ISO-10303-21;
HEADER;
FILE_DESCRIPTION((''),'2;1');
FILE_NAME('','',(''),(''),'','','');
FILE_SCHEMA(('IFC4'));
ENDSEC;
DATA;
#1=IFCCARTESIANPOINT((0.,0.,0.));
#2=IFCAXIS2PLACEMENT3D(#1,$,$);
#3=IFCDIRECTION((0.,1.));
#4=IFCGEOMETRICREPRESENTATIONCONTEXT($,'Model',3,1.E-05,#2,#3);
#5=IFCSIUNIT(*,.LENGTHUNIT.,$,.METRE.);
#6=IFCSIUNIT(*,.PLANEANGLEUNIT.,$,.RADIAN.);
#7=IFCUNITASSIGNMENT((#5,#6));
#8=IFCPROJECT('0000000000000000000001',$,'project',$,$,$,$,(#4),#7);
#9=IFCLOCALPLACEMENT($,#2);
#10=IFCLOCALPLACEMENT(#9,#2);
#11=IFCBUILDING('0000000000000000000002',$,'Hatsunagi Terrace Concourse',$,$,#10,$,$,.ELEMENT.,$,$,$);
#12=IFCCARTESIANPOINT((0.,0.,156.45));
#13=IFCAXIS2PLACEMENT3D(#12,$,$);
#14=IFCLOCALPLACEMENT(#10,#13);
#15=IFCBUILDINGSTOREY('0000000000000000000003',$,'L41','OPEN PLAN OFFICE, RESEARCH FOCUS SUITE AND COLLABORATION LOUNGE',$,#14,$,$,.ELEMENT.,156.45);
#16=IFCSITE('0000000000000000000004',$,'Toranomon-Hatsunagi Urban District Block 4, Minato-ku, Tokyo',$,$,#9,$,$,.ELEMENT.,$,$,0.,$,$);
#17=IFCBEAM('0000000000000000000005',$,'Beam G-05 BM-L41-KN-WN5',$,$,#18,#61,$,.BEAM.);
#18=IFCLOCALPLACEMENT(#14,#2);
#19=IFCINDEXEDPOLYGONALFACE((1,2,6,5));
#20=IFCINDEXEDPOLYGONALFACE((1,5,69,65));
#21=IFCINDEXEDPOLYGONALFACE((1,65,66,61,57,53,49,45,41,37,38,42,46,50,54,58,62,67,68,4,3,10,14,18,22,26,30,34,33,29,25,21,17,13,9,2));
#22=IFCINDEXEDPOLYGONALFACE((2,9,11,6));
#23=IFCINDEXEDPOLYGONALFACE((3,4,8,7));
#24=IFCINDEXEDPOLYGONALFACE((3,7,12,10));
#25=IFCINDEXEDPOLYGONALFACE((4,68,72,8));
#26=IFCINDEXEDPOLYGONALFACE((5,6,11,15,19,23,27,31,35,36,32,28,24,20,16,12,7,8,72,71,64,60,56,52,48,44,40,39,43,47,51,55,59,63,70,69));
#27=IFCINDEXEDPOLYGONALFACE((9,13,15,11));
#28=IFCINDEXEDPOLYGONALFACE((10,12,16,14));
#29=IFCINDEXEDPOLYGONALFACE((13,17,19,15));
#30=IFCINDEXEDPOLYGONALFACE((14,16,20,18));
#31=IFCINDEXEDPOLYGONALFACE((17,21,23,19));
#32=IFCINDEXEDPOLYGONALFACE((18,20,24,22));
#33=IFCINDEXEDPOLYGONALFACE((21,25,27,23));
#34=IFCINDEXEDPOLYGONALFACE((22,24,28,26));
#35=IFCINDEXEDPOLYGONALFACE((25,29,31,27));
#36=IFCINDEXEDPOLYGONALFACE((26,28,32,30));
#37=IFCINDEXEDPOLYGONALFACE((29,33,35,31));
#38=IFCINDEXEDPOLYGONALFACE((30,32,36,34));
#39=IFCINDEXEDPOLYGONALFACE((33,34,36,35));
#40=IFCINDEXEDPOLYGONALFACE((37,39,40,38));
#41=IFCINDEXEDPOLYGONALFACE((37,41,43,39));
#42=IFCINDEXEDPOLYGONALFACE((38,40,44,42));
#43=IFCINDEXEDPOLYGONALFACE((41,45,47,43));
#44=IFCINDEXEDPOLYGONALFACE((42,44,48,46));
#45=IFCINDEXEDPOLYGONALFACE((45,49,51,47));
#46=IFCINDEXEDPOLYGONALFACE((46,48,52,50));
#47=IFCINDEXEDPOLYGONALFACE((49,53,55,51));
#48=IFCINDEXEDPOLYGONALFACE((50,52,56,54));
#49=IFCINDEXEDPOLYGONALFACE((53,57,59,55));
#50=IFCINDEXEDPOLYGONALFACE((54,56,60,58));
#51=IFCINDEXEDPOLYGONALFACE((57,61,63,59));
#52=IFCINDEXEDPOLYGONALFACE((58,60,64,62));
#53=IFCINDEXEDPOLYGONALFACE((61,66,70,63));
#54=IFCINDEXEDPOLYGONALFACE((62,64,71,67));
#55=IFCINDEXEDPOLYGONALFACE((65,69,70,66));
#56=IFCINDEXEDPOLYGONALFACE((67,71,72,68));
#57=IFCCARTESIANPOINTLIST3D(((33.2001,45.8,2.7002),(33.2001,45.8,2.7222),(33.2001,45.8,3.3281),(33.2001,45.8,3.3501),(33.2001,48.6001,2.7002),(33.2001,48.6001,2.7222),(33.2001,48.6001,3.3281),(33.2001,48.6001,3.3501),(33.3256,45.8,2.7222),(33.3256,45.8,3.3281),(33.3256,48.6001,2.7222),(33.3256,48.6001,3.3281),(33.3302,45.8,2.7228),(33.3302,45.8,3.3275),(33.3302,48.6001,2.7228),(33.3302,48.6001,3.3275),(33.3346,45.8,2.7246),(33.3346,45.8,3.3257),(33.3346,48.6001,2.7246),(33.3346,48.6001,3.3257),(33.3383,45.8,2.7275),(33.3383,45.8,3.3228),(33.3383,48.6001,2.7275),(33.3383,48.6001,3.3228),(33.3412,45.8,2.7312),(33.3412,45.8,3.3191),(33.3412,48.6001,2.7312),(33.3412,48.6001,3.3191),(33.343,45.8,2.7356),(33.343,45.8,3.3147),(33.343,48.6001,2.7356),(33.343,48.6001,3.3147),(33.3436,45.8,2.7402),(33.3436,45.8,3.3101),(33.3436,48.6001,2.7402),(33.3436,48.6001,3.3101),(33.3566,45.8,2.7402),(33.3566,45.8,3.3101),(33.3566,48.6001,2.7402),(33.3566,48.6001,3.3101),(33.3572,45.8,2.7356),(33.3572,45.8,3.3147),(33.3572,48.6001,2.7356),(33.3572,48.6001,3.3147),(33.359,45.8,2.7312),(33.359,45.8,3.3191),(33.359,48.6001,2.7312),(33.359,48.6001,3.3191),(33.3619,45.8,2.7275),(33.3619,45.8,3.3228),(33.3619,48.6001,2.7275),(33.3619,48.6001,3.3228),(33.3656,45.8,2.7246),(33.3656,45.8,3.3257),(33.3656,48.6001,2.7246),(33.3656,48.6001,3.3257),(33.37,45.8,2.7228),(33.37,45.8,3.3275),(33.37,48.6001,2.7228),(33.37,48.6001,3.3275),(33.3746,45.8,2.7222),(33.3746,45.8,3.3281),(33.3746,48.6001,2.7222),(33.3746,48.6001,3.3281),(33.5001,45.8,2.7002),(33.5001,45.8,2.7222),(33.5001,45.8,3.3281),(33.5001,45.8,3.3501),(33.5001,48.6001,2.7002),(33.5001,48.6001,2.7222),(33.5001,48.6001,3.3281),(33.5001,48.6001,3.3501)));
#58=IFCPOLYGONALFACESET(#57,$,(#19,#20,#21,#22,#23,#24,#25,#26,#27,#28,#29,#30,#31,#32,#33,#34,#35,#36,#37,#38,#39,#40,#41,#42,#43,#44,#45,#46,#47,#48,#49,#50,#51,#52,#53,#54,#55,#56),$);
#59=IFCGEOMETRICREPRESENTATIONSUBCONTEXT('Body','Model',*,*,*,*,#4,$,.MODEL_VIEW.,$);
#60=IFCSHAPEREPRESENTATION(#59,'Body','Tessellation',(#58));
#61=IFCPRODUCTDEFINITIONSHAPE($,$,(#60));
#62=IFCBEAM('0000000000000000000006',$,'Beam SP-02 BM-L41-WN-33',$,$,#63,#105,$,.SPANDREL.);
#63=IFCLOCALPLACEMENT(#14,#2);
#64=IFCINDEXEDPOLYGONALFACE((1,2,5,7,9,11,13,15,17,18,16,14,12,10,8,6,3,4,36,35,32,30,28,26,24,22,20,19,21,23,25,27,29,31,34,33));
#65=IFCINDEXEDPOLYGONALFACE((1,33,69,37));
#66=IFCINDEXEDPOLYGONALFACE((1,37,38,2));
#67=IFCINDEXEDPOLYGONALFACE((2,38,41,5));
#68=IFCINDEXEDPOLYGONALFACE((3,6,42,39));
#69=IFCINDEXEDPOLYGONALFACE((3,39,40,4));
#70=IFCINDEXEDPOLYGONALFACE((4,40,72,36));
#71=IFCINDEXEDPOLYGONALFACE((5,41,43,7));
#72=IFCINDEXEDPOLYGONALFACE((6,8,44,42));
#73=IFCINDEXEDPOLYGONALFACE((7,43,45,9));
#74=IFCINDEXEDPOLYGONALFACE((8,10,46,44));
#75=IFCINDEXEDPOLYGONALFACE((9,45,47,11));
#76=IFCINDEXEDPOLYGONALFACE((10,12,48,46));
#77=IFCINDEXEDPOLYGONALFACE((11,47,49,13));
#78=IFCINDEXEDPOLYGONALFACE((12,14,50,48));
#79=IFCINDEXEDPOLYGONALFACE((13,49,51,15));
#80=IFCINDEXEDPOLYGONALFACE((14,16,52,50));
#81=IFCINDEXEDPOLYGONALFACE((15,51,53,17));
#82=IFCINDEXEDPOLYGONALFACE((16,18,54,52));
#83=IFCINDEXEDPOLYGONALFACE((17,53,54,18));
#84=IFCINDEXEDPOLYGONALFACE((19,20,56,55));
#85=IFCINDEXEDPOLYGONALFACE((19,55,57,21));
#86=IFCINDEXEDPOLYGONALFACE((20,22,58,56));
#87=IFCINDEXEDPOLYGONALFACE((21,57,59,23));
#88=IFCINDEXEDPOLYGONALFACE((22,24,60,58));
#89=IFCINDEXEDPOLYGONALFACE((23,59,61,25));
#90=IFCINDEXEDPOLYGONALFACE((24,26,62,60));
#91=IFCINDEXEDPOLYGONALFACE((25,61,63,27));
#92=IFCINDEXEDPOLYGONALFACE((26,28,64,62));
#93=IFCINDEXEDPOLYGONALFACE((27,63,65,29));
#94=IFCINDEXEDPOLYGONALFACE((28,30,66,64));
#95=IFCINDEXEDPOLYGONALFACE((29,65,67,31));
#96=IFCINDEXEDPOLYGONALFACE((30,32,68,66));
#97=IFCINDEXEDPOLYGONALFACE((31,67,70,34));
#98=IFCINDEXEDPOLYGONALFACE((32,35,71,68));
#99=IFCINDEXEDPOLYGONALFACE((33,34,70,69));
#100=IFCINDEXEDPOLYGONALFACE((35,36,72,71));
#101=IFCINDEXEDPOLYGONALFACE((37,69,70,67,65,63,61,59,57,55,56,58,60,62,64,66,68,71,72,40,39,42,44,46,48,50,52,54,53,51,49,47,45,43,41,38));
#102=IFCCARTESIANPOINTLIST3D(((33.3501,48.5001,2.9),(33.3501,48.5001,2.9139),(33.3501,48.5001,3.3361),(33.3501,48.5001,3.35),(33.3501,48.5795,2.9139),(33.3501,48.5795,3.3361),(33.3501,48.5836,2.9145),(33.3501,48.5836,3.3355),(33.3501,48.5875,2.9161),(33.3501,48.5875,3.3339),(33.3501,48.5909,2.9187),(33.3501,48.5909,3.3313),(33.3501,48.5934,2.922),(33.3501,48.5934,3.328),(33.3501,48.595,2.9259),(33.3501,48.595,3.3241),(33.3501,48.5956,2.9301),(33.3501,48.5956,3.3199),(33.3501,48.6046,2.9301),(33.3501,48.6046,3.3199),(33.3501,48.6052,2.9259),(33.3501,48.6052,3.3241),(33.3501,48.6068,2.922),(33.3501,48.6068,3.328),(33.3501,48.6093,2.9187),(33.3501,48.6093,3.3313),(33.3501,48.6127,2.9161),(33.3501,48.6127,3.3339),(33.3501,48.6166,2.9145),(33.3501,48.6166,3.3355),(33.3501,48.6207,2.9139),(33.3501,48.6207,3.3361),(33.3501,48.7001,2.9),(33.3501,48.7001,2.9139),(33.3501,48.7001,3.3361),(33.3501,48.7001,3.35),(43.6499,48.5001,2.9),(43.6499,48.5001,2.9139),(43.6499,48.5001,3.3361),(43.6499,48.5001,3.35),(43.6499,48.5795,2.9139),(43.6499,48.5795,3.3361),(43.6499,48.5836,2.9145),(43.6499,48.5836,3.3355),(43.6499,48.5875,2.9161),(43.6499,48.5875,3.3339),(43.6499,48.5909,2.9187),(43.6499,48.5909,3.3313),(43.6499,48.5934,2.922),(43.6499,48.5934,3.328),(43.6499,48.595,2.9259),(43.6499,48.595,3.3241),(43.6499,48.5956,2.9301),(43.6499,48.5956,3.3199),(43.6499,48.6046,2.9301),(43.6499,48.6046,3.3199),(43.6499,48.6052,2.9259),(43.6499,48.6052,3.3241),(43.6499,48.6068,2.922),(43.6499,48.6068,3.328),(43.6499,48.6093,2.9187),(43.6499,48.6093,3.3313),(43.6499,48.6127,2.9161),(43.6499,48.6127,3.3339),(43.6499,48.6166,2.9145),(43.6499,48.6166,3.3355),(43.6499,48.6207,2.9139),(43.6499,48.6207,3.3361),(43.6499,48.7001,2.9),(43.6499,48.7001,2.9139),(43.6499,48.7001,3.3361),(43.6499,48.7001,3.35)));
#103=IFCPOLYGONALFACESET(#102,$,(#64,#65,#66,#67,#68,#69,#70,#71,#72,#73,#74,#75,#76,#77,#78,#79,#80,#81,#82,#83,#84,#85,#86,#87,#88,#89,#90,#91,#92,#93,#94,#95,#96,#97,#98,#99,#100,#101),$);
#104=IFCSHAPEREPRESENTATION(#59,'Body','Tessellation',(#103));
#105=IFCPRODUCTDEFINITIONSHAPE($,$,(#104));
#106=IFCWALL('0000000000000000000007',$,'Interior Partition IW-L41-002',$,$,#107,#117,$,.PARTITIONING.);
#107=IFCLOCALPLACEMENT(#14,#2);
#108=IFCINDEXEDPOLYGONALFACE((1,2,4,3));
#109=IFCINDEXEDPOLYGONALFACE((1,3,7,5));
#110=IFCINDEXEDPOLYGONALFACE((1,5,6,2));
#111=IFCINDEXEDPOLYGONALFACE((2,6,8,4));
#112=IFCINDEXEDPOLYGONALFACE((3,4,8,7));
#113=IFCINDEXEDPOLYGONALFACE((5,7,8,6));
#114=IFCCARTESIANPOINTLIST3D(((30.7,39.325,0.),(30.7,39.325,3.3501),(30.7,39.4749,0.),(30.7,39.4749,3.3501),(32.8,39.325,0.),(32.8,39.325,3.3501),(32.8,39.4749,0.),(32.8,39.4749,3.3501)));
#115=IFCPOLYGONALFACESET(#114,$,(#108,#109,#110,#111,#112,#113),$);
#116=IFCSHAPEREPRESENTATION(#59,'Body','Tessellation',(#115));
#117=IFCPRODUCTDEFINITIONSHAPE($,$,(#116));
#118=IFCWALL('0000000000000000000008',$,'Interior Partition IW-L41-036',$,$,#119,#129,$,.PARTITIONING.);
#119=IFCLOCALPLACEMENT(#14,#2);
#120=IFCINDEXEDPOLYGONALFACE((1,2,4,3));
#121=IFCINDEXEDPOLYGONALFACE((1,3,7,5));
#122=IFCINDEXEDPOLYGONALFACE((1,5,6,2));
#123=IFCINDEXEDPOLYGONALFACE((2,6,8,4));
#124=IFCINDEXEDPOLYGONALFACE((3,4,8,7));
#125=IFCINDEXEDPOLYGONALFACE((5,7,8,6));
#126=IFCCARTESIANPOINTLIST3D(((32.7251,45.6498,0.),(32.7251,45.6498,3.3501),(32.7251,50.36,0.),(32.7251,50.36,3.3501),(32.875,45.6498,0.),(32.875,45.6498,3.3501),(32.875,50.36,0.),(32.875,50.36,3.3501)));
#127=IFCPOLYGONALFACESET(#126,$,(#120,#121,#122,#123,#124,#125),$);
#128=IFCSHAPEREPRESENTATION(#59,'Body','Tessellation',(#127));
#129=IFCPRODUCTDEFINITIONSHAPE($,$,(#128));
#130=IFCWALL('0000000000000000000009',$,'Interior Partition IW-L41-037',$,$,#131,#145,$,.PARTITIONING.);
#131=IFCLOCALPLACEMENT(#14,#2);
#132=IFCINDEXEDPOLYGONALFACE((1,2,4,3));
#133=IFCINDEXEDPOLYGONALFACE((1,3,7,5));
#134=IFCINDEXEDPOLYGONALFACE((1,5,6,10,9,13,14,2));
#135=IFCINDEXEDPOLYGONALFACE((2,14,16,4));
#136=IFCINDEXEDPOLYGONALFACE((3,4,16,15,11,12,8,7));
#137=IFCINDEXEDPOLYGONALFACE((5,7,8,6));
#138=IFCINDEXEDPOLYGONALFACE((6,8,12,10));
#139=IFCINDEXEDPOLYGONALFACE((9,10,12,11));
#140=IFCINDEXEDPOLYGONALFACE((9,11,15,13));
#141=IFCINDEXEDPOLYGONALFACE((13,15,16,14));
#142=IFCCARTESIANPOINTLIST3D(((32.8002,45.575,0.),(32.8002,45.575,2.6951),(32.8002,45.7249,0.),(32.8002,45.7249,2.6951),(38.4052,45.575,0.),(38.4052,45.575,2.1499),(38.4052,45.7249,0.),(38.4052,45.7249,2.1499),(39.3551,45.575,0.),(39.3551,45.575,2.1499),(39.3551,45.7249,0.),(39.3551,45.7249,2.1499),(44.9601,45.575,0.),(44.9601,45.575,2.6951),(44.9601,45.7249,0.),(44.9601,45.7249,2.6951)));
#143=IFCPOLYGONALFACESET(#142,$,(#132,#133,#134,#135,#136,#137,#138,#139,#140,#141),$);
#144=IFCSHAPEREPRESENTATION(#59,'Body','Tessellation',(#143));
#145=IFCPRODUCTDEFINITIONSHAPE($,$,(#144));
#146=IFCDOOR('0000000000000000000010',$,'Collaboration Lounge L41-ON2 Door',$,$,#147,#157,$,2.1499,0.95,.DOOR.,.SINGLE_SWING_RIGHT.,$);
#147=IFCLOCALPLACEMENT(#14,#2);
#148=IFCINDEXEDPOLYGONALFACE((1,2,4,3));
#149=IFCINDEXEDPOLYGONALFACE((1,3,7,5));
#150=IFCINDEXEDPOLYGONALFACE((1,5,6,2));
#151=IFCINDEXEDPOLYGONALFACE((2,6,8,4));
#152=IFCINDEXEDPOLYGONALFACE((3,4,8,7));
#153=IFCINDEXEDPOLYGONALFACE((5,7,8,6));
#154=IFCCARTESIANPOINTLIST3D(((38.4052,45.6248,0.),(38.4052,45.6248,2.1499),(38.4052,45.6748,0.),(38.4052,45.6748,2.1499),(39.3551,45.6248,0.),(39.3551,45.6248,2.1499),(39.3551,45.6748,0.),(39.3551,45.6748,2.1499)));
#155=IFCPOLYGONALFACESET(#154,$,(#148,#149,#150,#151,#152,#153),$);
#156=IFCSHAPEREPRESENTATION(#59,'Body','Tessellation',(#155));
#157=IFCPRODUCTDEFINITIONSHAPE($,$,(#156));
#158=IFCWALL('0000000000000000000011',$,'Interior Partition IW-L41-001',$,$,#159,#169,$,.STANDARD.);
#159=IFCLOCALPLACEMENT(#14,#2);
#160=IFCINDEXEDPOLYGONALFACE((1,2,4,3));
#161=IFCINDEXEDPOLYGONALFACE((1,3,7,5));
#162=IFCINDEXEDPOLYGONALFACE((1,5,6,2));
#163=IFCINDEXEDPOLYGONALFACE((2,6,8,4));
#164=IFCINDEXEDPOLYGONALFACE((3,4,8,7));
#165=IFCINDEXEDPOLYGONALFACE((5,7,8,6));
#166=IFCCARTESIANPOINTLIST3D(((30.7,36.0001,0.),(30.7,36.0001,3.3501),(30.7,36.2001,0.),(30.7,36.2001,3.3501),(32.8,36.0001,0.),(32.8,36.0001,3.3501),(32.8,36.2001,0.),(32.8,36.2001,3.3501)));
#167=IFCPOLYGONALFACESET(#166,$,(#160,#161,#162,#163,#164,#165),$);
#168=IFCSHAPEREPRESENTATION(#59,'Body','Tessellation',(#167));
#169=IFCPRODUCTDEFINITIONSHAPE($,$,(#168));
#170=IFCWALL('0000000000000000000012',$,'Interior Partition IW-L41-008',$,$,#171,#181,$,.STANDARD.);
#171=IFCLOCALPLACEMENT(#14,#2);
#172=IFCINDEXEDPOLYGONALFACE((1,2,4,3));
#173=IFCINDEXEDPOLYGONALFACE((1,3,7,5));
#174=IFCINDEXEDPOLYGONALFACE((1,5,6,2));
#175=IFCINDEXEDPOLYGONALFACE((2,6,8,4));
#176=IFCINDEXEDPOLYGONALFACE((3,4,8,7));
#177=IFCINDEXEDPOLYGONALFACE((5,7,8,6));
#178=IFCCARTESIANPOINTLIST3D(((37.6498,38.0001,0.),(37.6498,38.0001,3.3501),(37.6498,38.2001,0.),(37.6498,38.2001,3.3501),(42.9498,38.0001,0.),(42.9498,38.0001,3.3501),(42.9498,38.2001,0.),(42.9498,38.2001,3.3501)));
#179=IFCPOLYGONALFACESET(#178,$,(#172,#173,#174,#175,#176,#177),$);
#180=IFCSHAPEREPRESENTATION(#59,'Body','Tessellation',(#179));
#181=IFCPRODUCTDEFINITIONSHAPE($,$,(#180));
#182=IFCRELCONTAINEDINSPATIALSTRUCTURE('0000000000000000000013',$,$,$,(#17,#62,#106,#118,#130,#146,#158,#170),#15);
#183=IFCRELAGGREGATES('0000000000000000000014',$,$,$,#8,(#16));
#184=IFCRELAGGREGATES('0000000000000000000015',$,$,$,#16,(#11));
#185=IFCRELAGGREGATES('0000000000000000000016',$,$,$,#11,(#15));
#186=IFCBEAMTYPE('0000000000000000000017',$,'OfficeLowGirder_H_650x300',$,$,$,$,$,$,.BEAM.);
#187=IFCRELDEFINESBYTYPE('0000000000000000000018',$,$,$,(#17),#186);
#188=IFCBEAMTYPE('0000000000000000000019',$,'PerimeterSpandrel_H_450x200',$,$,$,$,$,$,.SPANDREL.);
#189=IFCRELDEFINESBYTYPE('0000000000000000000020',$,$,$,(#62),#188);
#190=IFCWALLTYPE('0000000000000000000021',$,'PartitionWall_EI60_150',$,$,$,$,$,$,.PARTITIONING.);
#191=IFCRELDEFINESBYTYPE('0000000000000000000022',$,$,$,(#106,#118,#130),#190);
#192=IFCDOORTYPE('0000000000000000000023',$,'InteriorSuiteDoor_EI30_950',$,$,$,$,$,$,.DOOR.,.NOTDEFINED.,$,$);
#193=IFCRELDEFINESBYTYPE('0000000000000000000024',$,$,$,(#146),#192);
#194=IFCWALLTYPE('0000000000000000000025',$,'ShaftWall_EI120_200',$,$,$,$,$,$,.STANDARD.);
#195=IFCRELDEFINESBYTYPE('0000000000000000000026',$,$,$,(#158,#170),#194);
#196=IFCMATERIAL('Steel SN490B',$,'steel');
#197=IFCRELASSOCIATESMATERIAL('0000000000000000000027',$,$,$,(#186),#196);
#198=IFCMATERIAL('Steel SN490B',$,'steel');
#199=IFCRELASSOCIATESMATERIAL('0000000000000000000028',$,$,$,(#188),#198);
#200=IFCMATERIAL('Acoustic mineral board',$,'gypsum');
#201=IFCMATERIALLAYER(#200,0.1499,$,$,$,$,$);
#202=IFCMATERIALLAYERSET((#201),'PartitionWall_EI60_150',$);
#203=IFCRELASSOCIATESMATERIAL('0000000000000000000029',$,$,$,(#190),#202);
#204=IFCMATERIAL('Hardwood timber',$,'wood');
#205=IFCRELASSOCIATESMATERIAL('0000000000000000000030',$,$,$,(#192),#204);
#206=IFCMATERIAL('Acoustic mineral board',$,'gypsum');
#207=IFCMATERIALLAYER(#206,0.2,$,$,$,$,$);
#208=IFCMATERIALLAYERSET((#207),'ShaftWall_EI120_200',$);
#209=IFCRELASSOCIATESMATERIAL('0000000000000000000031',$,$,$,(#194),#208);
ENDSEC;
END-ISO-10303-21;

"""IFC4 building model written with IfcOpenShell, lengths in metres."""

from ifc_helpers import new_model, si_unit, direction, frame, frame_2d, origin, origin_2d, place, context, subcontext, project, spatial, rectangle, i_section, extrude, material, layer, layer_set, material_profile, profile_set, type_object, element, fill, save


model = new_model("IFC4")

# Units and contexts
model_context = context("Model", 3, precision=1e-05, world=origin(), true_north=direction((0.0, 1.0)))
body_context = subcontext(model_context, "Body", "Model", "MODEL_VIEW")
ifc_project = project(units=[si_unit("LENGTHUNIT", "METRE"), si_unit("PLANEANGLEUNIT", "RADIAN")], contexts=[model_context])

# Site, building, storey
site_placement = place(None, origin())
site = spatial("IfcSite", under=ifc_project, at=site_placement, Name="Toranomon-Hatsunagi Urban District Block 4, Minato-ku, Tokyo", CompositionType="ELEMENT", RefElevation=0.0)
building_placement = place(site_placement, origin())
building = spatial("IfcBuilding", under=site, at=building_placement, Name="Hatsunagi Terrace Concourse", CompositionType="ELEMENT")
storey_placement = place(building_placement, frame((0.0, 0.0, 156.45)))
storey = spatial("IfcBuildingStorey", under=building, at=storey_placement, Name="L41", Description="OPEN PLAN OFFICE, RESEARCH FOCUS SUITE AND COLLABORATION LOUNGE", CompositionType="ELEMENT", Elevation=156.45)

# Beams
ifc_material_1 = material(Name="Steel SN490B", Category="steel")
ifc_material_profile_1 = material_profile(ifc_material_1, i_section(OverallWidth=0.3, OverallDepth=0.6499, WebThickness=0.0129, FlangeThickness=0.022, FilletRadius=0.0181, at=origin_2d()), Name="H-650x300x13x22")
ifc_profile_set_1 = profile_set([ifc_material_profile_1], Name="Steel SN490B")
beam_type_1 = type_object("IfcBeamType", Name="OfficeLowGirder_H_650x300", PredefinedType="BEAM", material=ifc_profile_set_1)
beam_1_placement = place(storey_placement, frame((33.3501, 45.8, 3.0251), z_axis=(0.0, 1.0, 0.0), x_axis=(-1.0, 0.0, 0.0)))
element("IfcBeam", 1, at=beam_1_placement, inside=storey, type_object=beam_type_1, Name="Beam G-05 BM-L41-KN-WN5", PredefinedType="BEAM", context=body_context, shape_type="SweptSolid", body=[
    extrude(i_section(OverallWidth=0.3, OverallDepth=0.6499, WebThickness=0.0129, FlangeThickness=0.022, FilletRadius=0.0181, at=origin_2d()), origin(), (0.0, 0.0, 1.0), 2.8),
])
ifc_material_2 = material(Name="Steel SN490B", Category="steel")
ifc_material_profile_2 = material_profile(ifc_material_2, i_section(OverallWidth=0.2, OverallDepth=0.45, WebThickness=0.009, FlangeThickness=0.0139, FilletRadius=0.0161, at=origin_2d()), Name="H-450x200x9x14")
ifc_profile_set_2 = profile_set([ifc_material_profile_2], Name="Steel SN490B")
beam_type_2 = type_object("IfcBeamType", Name="PerimeterSpandrel_H_450x200", PredefinedType="SPANDREL", material=ifc_profile_set_2)
beam_2_placement = place(storey_placement, frame((33.3501, 48.6001, 3.125), z_axis=(1.0, 0.0, 0.0), x_axis=(0.0, 1.0, 0.0)))
element("IfcBeam", 2, at=beam_2_placement, inside=storey, type_object=beam_type_2, Name="Beam SP-02 BM-L41-WN-33", PredefinedType="SPANDREL", context=body_context, shape_type="SweptSolid", body=[
    extrude(i_section(OverallWidth=0.2, OverallDepth=0.45, WebThickness=0.009, FlangeThickness=0.0139, FilletRadius=0.0161, at=origin_2d()), origin(), (0.0, 0.0, 1.0), 10.2998),
])

# Walls
ifc_material_3 = material(Name="Acoustic mineral board", Category="gypsum")
ifc_layer_1 = layer(ifc_material_3, 0.1499)
ifc_layer_set_1 = layer_set([ifc_layer_1], Name="PartitionWall_EI60_150")
wall_type_1 = type_object("IfcWallType", Name="PartitionWall_EI60_150", PredefinedType="PARTITIONING", material=ifc_layer_set_1)
wall_1_placement = place(storey_placement, frame((30.7, 39.3999, 0.0), z_axis=(0.0, 0.0, 1.0), x_axis=(1.0, 0.0, 0.0)))
element("IfcWall", 3, at=wall_1_placement, inside=storey, type_object=wall_type_1, Name="Interior Partition IW-L41-002", PredefinedType="PARTITIONING", context=body_context, shape_type="SweptSolid", body=[
    extrude(rectangle(XDim=2.1001, YDim=0.1499, at=frame_2d((1.05, 0.0))), origin(), (0.0, 0.0, 1.0), 3.3501),
])
wall_2_placement = place(storey_placement, frame((32.8, 45.6499, 0.0), z_axis=(0.0, 0.0, 1.0), x_axis=(0.0, 1.0, 0.0)))
element("IfcWall", 4, at=wall_2_placement, inside=storey, type_object=wall_type_1, Name="Interior Partition IW-L41-036", PredefinedType="PARTITIONING", context=body_context, shape_type="SweptSolid", body=[
    extrude(rectangle(XDim=4.7102, YDim=0.1499, at=frame_2d((2.355, 0.0))), origin(), (0.0, 0.0, 1.0), 3.3501),
])

# Wall, opening, door
wall_3_placement = place(storey_placement, frame((32.8, 45.6499, 0.0), z_axis=(0.0, 0.0, 1.0), x_axis=(1.0, 0.0, 0.0)))
wall_3 = element("IfcWall", 5, at=wall_3_placement, inside=storey, type_object=wall_type_1, Name="Interior Partition IW-L41-037", PredefinedType="PARTITIONING", context=body_context, shape_type="SweptSolid", body=[
    extrude(rectangle(XDim=12.1599, YDim=0.1499, at=frame_2d((6.0801, 0.0))), origin(), (0.0, 0.0, 1.0), 2.6951),
])
opening_1_placement = place(wall_3_placement, frame((5.605, 0.0, 0.0)))
opening_1 = element("IfcOpeningElement", 6, at=opening_1_placement, cuts=wall_3, PredefinedType="OPENING", context=body_context, shape_type="SweptSolid", body=[
    extrude(rectangle(XDim=0.95, YDim=2.1499, at=frame_2d((0.4751, 1.075))), frame((0.0, 0.085, 0.0), z_axis=(0.0, -1.0, 0.0), x_axis=(1.0, 0.0, 0.0)), (0.0, 0.0, 1.0), 0.1699),
])
ifc_material_4 = material(Name="Hardwood timber", Category="wood")
door_type_1 = type_object("IfcDoorType", Name="InteriorSuiteDoor_EI30_950", OperationType="NOTDEFINED", PredefinedType="DOOR", material=ifc_material_4)
door_1_placement = place(opening_1_placement, origin())
door_1 = element("IfcDoor", 7, at=door_1_placement, inside=storey, type_object=door_type_1, Name="Collaboration Lounge L41-ON2 Door", OperationType="SINGLE_SWING_RIGHT", OverallHeight=2.1499, OverallWidth=0.95, PredefinedType="DOOR", context=body_context, shape_type="SweptSolid", body=[
    extrude(rectangle(XDim=0.95, YDim=2.1499, at=frame_2d((0.4751, 1.075))), frame((0.0, 0.0249, 0.0), z_axis=(0.0, -1.0, 0.0), x_axis=(1.0, 0.0, 0.0)), (0.0, 0.0, 1.0), 0.05),
])
fill(opening_1, door_1)

# Walls
ifc_material_5 = material(Name="Acoustic mineral board", Category="gypsum")
ifc_layer_2 = layer(ifc_material_5, 0.2)
ifc_layer_set_2 = layer_set([ifc_layer_2], Name="ShaftWall_EI120_200")
wall_type_2 = type_object("IfcWallType", Name="ShaftWall_EI120_200", PredefinedType="STANDARD", material=ifc_layer_set_2)
wall_4_placement = place(storey_placement, frame((30.7, 36.1001, 0.0), z_axis=(0.0, 0.0, 1.0), x_axis=(1.0, 0.0, 0.0)))
element("IfcWall", 8, at=wall_4_placement, inside=storey, type_object=wall_type_2, Name="Interior Partition IW-L41-001", PredefinedType="STANDARD", context=body_context, shape_type="SweptSolid", body=[
    extrude(rectangle(XDim=2.1001, YDim=0.2, at=frame_2d((1.05, 0.0))), origin(), (0.0, 0.0, 1.0), 3.3501),
])
wall_5_placement = place(storey_placement, frame((37.6499, 38.1001, 0.0), z_axis=(0.0, 0.0, 1.0), x_axis=(1.0, 0.0, 0.0)))
element("IfcWall", 9, at=wall_5_placement, inside=storey, type_object=wall_type_2, Name="Interior Partition IW-L41-008", PredefinedType="STANDARD", context=body_context, shape_type="SweptSolid", body=[
    extrude(rectangle(XDim=5.3, YDim=0.2, at=frame_2d((2.6499, 0.0))), origin(), (0.0, 0.0, 1.0), 3.3501),
])

save(model, "model.ifc")
